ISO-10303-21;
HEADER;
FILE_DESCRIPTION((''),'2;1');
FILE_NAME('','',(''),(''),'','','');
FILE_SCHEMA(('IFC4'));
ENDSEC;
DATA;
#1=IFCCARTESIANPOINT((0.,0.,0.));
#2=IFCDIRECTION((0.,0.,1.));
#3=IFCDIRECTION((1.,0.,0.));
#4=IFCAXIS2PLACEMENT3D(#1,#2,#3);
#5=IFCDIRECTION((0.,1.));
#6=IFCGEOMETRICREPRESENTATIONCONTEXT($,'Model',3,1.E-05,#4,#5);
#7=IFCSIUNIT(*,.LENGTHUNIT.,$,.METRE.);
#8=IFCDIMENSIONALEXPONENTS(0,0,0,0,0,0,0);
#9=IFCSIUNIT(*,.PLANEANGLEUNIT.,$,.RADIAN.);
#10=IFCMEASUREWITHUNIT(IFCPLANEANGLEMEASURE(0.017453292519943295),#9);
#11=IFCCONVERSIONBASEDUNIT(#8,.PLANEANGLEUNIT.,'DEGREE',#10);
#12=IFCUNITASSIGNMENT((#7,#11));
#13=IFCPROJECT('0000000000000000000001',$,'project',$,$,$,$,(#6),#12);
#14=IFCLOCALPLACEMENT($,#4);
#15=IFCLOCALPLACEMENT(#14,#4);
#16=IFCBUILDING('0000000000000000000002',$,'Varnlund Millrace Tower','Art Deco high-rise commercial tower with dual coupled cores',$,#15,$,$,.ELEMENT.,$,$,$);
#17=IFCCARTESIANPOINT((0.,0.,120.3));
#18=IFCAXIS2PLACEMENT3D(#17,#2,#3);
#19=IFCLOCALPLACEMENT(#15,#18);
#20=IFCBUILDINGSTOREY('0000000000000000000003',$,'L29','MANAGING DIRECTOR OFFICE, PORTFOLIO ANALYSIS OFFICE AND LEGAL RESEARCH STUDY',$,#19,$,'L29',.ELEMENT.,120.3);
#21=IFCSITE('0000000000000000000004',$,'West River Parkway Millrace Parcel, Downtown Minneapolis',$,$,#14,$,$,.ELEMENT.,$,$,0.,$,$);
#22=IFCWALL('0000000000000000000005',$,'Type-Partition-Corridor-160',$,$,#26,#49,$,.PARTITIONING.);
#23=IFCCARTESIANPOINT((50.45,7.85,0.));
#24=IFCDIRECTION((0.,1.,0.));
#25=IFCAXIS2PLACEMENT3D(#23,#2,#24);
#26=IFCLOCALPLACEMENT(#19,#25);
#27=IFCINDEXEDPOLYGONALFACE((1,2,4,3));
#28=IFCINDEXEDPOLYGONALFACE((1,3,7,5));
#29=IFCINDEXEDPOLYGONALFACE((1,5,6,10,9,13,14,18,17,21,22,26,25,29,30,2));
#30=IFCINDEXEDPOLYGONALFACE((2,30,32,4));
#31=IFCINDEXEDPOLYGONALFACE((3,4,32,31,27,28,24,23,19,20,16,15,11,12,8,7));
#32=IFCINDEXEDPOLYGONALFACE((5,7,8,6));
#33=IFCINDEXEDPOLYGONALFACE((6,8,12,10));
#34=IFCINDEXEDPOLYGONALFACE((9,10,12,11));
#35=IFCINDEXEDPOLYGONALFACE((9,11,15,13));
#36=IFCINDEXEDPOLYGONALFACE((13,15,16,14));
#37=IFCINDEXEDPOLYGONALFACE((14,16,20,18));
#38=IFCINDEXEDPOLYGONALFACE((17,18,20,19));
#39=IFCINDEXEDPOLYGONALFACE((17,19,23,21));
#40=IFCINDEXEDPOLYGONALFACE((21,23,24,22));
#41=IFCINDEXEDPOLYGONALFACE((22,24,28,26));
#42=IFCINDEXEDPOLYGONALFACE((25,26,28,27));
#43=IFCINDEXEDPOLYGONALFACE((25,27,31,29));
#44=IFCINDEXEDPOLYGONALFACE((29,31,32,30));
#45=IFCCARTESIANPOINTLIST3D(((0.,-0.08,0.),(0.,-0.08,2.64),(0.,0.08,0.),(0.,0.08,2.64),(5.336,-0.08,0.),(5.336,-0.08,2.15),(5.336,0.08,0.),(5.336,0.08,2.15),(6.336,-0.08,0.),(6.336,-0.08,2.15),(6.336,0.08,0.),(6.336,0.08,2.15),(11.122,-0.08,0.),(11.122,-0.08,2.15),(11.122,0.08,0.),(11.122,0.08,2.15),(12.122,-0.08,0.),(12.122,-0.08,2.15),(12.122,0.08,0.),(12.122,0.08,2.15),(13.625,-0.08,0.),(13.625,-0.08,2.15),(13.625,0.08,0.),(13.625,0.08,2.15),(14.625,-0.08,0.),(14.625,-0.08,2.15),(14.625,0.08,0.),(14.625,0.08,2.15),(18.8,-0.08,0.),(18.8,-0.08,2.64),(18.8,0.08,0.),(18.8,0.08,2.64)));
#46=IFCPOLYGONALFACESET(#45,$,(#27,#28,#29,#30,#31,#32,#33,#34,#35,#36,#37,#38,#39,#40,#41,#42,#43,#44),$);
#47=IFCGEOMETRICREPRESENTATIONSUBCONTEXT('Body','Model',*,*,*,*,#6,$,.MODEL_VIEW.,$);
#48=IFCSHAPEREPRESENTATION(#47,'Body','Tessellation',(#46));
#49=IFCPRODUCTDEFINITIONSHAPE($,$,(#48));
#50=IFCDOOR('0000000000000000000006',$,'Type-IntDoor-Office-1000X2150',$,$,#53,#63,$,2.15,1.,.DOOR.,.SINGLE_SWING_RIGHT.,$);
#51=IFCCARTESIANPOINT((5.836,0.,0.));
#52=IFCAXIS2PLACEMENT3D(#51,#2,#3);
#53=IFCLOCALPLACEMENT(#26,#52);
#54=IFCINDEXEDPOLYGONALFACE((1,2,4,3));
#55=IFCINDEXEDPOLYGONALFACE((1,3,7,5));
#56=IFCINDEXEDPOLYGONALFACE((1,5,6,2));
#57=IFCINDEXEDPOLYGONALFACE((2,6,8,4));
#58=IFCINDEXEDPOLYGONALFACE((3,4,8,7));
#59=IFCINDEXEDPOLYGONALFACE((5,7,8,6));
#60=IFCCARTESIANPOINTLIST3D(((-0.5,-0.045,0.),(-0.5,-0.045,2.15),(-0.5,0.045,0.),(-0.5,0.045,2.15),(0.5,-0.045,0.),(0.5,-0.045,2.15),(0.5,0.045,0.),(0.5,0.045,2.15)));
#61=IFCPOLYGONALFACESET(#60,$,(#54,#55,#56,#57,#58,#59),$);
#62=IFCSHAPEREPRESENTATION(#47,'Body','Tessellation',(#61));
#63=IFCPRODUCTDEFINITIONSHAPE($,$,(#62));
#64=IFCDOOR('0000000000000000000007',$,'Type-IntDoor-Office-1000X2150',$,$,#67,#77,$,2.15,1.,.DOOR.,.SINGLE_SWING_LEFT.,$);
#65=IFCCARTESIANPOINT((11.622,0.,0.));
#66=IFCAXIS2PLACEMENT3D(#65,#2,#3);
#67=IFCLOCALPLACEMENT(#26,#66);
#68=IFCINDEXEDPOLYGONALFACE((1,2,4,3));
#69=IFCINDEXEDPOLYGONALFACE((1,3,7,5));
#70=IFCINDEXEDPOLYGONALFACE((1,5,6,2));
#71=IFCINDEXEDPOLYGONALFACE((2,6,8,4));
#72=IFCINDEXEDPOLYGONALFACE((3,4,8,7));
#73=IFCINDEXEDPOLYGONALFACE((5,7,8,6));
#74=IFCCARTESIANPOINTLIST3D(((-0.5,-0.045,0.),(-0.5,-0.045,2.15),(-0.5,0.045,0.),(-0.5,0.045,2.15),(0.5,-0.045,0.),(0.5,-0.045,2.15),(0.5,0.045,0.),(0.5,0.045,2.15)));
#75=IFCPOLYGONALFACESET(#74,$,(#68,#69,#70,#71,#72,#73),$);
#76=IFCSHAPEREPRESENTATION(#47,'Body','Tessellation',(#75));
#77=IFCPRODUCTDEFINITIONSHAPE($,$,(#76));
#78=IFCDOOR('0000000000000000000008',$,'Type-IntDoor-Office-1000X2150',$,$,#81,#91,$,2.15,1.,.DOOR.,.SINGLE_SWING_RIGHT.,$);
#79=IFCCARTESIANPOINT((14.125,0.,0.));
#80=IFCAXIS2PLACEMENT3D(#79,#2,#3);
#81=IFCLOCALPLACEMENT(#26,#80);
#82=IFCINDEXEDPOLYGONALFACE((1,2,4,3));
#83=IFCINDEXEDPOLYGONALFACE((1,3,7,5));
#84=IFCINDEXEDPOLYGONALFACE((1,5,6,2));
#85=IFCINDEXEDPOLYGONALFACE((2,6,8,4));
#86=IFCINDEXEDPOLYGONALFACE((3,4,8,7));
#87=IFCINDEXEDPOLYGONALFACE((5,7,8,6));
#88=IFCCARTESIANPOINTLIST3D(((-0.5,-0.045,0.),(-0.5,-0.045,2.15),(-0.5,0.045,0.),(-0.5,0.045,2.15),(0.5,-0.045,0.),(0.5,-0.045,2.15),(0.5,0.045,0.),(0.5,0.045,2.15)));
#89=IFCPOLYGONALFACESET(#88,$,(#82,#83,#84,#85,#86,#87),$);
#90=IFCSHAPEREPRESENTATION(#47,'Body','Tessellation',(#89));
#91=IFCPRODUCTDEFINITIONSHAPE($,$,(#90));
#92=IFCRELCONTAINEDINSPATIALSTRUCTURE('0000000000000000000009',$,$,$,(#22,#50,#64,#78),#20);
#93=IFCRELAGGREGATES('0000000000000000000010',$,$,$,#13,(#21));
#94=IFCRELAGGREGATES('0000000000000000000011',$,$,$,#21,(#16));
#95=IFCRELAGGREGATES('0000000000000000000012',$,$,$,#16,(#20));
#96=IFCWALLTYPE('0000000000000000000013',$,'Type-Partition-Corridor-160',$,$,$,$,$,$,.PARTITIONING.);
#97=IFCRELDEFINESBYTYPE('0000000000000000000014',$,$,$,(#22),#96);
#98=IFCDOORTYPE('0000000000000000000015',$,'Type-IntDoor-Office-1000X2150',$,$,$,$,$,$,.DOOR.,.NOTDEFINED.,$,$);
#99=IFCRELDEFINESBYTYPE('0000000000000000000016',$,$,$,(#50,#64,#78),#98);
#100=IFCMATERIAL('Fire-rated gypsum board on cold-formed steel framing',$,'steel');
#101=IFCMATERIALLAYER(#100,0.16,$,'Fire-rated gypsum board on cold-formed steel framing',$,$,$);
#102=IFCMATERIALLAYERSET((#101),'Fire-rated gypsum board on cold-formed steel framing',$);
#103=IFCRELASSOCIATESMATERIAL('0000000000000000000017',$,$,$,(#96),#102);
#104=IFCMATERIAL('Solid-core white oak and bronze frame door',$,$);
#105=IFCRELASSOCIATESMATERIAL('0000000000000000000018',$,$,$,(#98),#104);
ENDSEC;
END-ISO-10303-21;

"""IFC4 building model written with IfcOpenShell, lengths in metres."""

from ifc_helpers import new_model, entity, si_unit, converted_unit, direction, frame, origin_with_axes, origin_2d_with_axis, place, context, subcontext, project, spatial, polyline, rectangle, outline, extrude, material, layer, layer_set, type_object, element, fill, save


model = new_model("IFC4")

# Units and contexts
model_context = context("Model", 3, precision=1e-05, world=origin_with_axes(), true_north=direction((0.0, 1.0)))
body_context = subcontext(model_context, "Body", "Model", "MODEL_VIEW")
ifc_project = project(units=[si_unit("LENGTHUNIT", "METRE"), converted_unit("PLANEANGLEUNIT", "DEGREE", entity("IfcPlaneAngleMeasure", 0.017453292519943295), si_unit("PLANEANGLEUNIT", "RADIAN"), dimensions=[0, 0, 0, 0, 0, 0, 0])], contexts=[model_context])

# Site, building, storey
site_placement = place(None, origin_with_axes())
site = spatial("IfcSite", under=ifc_project, at=site_placement, Name="West River Parkway Millrace Parcel, Downtown Minneapolis", CompositionType="ELEMENT", RefElevation=0.0)
building_placement = place(site_placement, origin_with_axes())
building = spatial("IfcBuilding", under=site, at=building_placement, Name="Varnlund Millrace Tower", Description="Art Deco high-rise commercial tower with dual coupled cores", CompositionType="ELEMENT")
storey_placement = place(building_placement, frame((0.0, 0.0, 120.3), z_axis=(0.0, 0.0, 1.0), x_axis=(1.0, 0.0, 0.0)))
storey = spatial("IfcBuildingStorey", under=building, at=storey_placement, Name="L29", Description="MANAGING DIRECTOR OFFICE, PORTFOLIO ANALYSIS OFFICE AND LEGAL RESEARCH STUDY", LongName="L29", CompositionType="ELEMENT", Elevation=120.3)

# Shared definitions
ifc_material_1 = material(Name="Fire-rated gypsum board on cold-formed steel framing", Category="steel")
ifc_layer_1 = layer(ifc_material_1, 0.16, Name="Fire-rated gypsum board on cold-formed steel framing")
ifc_layer_set_1 = layer_set([ifc_layer_1], Name="Fire-rated gypsum board on cold-formed steel framing")
wall_type_1 = type_object("IfcWallType", Name="Type-Partition-Corridor-160", PredefinedType="PARTITIONING", material=ifc_layer_set_1)

# Wall, openings, doors
wall_1_placement = place(storey_placement, frame((50.45, 7.85, 0.0), z_axis=(0.0, 0.0, 1.0), x_axis=(0.0, 1.0, 0.0)))
wall_1 = element("IfcWall", 1, at=wall_1_placement, inside=storey, type_object=wall_type_1, Name="Type-Partition-Corridor-160", PredefinedType="PARTITIONING", context=body_context, shape_type="SweptSolid", body=[
    extrude(outline(polyline([(0.0, -0.08), (18.8, -0.08), (18.8, 0.08), (0.0, 0.08), (0.0, -0.08)])), origin_with_axes(), (0.0, 0.0, 1.0), 2.64),
])
opening_1_placement = place(wall_1_placement, frame((5.836, 0.0, 0.0), z_axis=(0.0, 0.0, 1.0), x_axis=(1.0, 0.0, 0.0)))
opening_1 = element("IfcOpeningElement", 2, at=opening_1_placement, cuts=wall_1, PredefinedType="OPENING", context=body_context, shape_type="SweptSolid", body=[
    extrude(rectangle(XDim=1.0, YDim=0.18, at=origin_2d_with_axis()), origin_with_axes(), (0.0, 0.0, 1.0), 2.15),
])
opening_2_placement = place(wall_1_placement, frame((11.622, 0.0, 0.0), z_axis=(0.0, 0.0, 1.0), x_axis=(1.0, 0.0, 0.0)))
opening_2 = element("IfcOpeningElement", 3, at=opening_2_placement, cuts=wall_1, PredefinedType="OPENING", context=body_context, shape_type="SweptSolid", body=[
    extrude(rectangle(XDim=1.0, YDim=0.18, at=origin_2d_with_axis()), origin_with_axes(), (0.0, 0.0, 1.0), 2.15),
])
opening_3_placement = place(wall_1_placement, frame((14.125, 0.0, 0.0), z_axis=(0.0, 0.0, 1.0), x_axis=(1.0, 0.0, 0.0)))
opening_3 = element("IfcOpeningElement", 4, at=opening_3_placement, cuts=wall_1, PredefinedType="OPENING", context=body_context, shape_type="SweptSolid", body=[
    extrude(rectangle(XDim=1.0, YDim=0.18, at=origin_2d_with_axis()), origin_with_axes(), (0.0, 0.0, 1.0), 2.15),
])
ifc_material_2 = material(Name="Solid-core white oak and bronze frame door")
door_type = type_object("IfcDoorType", Name="Type-IntDoor-Office-1000X2150", OperationType="NOTDEFINED", PredefinedType="DOOR", material=ifc_material_2)
door_1_placement = place(wall_1_placement, frame((5.836, 0.0, 0.0), z_axis=(0.0, 0.0, 1.0), x_axis=(1.0, 0.0, 0.0)))
door_1 = element("IfcDoor", 5, at=door_1_placement, inside=storey, type_object=door_type, Name="Type-IntDoor-Office-1000X2150", OperationType="SINGLE_SWING_RIGHT", OverallHeight=2.15, OverallWidth=1.0, PredefinedType="DOOR", context=body_context, shape_type="SweptSolid", body=[
    extrude(rectangle(XDim=1.0, YDim=0.09, at=origin_2d_with_axis()), origin_with_axes(), (0.0, 0.0, 1.0), 2.15),
])
fill(opening_1, door_1)
door_2_placement = place(wall_1_placement, frame((11.622, 0.0, 0.0), z_axis=(0.0, 0.0, 1.0), x_axis=(1.0, 0.0, 0.0)))
door_2 = element("IfcDoor", 6, at=door_2_placement, inside=storey, type_object=door_type, Name="Type-IntDoor-Office-1000X2150", OperationType="SINGLE_SWING_LEFT", OverallHeight=2.15, OverallWidth=1.0, PredefinedType="DOOR", context=body_context, shape_type="SweptSolid", body=[
    extrude(rectangle(XDim=1.0, YDim=0.09, at=origin_2d_with_axis()), origin_with_axes(), (0.0, 0.0, 1.0), 2.15),
])
fill(opening_2, door_2)
door_3_placement = place(wall_1_placement, frame((14.125, 0.0, 0.0), z_axis=(0.0, 0.0, 1.0), x_axis=(1.0, 0.0, 0.0)))
door_3 = element("IfcDoor", 7, at=door_3_placement, inside=storey, type_object=door_type, Name="Type-IntDoor-Office-1000X2150", OperationType="SINGLE_SWING_RIGHT", OverallHeight=2.15, OverallWidth=1.0, PredefinedType="DOOR", context=body_context, shape_type="SweptSolid", body=[
    extrude(rectangle(XDim=1.0, YDim=0.09, at=origin_2d_with_axis()), origin_with_axes(), (0.0, 0.0, 1.0), 2.15),
])
fill(opening_3, door_3)

save(model, "model.ifc")
